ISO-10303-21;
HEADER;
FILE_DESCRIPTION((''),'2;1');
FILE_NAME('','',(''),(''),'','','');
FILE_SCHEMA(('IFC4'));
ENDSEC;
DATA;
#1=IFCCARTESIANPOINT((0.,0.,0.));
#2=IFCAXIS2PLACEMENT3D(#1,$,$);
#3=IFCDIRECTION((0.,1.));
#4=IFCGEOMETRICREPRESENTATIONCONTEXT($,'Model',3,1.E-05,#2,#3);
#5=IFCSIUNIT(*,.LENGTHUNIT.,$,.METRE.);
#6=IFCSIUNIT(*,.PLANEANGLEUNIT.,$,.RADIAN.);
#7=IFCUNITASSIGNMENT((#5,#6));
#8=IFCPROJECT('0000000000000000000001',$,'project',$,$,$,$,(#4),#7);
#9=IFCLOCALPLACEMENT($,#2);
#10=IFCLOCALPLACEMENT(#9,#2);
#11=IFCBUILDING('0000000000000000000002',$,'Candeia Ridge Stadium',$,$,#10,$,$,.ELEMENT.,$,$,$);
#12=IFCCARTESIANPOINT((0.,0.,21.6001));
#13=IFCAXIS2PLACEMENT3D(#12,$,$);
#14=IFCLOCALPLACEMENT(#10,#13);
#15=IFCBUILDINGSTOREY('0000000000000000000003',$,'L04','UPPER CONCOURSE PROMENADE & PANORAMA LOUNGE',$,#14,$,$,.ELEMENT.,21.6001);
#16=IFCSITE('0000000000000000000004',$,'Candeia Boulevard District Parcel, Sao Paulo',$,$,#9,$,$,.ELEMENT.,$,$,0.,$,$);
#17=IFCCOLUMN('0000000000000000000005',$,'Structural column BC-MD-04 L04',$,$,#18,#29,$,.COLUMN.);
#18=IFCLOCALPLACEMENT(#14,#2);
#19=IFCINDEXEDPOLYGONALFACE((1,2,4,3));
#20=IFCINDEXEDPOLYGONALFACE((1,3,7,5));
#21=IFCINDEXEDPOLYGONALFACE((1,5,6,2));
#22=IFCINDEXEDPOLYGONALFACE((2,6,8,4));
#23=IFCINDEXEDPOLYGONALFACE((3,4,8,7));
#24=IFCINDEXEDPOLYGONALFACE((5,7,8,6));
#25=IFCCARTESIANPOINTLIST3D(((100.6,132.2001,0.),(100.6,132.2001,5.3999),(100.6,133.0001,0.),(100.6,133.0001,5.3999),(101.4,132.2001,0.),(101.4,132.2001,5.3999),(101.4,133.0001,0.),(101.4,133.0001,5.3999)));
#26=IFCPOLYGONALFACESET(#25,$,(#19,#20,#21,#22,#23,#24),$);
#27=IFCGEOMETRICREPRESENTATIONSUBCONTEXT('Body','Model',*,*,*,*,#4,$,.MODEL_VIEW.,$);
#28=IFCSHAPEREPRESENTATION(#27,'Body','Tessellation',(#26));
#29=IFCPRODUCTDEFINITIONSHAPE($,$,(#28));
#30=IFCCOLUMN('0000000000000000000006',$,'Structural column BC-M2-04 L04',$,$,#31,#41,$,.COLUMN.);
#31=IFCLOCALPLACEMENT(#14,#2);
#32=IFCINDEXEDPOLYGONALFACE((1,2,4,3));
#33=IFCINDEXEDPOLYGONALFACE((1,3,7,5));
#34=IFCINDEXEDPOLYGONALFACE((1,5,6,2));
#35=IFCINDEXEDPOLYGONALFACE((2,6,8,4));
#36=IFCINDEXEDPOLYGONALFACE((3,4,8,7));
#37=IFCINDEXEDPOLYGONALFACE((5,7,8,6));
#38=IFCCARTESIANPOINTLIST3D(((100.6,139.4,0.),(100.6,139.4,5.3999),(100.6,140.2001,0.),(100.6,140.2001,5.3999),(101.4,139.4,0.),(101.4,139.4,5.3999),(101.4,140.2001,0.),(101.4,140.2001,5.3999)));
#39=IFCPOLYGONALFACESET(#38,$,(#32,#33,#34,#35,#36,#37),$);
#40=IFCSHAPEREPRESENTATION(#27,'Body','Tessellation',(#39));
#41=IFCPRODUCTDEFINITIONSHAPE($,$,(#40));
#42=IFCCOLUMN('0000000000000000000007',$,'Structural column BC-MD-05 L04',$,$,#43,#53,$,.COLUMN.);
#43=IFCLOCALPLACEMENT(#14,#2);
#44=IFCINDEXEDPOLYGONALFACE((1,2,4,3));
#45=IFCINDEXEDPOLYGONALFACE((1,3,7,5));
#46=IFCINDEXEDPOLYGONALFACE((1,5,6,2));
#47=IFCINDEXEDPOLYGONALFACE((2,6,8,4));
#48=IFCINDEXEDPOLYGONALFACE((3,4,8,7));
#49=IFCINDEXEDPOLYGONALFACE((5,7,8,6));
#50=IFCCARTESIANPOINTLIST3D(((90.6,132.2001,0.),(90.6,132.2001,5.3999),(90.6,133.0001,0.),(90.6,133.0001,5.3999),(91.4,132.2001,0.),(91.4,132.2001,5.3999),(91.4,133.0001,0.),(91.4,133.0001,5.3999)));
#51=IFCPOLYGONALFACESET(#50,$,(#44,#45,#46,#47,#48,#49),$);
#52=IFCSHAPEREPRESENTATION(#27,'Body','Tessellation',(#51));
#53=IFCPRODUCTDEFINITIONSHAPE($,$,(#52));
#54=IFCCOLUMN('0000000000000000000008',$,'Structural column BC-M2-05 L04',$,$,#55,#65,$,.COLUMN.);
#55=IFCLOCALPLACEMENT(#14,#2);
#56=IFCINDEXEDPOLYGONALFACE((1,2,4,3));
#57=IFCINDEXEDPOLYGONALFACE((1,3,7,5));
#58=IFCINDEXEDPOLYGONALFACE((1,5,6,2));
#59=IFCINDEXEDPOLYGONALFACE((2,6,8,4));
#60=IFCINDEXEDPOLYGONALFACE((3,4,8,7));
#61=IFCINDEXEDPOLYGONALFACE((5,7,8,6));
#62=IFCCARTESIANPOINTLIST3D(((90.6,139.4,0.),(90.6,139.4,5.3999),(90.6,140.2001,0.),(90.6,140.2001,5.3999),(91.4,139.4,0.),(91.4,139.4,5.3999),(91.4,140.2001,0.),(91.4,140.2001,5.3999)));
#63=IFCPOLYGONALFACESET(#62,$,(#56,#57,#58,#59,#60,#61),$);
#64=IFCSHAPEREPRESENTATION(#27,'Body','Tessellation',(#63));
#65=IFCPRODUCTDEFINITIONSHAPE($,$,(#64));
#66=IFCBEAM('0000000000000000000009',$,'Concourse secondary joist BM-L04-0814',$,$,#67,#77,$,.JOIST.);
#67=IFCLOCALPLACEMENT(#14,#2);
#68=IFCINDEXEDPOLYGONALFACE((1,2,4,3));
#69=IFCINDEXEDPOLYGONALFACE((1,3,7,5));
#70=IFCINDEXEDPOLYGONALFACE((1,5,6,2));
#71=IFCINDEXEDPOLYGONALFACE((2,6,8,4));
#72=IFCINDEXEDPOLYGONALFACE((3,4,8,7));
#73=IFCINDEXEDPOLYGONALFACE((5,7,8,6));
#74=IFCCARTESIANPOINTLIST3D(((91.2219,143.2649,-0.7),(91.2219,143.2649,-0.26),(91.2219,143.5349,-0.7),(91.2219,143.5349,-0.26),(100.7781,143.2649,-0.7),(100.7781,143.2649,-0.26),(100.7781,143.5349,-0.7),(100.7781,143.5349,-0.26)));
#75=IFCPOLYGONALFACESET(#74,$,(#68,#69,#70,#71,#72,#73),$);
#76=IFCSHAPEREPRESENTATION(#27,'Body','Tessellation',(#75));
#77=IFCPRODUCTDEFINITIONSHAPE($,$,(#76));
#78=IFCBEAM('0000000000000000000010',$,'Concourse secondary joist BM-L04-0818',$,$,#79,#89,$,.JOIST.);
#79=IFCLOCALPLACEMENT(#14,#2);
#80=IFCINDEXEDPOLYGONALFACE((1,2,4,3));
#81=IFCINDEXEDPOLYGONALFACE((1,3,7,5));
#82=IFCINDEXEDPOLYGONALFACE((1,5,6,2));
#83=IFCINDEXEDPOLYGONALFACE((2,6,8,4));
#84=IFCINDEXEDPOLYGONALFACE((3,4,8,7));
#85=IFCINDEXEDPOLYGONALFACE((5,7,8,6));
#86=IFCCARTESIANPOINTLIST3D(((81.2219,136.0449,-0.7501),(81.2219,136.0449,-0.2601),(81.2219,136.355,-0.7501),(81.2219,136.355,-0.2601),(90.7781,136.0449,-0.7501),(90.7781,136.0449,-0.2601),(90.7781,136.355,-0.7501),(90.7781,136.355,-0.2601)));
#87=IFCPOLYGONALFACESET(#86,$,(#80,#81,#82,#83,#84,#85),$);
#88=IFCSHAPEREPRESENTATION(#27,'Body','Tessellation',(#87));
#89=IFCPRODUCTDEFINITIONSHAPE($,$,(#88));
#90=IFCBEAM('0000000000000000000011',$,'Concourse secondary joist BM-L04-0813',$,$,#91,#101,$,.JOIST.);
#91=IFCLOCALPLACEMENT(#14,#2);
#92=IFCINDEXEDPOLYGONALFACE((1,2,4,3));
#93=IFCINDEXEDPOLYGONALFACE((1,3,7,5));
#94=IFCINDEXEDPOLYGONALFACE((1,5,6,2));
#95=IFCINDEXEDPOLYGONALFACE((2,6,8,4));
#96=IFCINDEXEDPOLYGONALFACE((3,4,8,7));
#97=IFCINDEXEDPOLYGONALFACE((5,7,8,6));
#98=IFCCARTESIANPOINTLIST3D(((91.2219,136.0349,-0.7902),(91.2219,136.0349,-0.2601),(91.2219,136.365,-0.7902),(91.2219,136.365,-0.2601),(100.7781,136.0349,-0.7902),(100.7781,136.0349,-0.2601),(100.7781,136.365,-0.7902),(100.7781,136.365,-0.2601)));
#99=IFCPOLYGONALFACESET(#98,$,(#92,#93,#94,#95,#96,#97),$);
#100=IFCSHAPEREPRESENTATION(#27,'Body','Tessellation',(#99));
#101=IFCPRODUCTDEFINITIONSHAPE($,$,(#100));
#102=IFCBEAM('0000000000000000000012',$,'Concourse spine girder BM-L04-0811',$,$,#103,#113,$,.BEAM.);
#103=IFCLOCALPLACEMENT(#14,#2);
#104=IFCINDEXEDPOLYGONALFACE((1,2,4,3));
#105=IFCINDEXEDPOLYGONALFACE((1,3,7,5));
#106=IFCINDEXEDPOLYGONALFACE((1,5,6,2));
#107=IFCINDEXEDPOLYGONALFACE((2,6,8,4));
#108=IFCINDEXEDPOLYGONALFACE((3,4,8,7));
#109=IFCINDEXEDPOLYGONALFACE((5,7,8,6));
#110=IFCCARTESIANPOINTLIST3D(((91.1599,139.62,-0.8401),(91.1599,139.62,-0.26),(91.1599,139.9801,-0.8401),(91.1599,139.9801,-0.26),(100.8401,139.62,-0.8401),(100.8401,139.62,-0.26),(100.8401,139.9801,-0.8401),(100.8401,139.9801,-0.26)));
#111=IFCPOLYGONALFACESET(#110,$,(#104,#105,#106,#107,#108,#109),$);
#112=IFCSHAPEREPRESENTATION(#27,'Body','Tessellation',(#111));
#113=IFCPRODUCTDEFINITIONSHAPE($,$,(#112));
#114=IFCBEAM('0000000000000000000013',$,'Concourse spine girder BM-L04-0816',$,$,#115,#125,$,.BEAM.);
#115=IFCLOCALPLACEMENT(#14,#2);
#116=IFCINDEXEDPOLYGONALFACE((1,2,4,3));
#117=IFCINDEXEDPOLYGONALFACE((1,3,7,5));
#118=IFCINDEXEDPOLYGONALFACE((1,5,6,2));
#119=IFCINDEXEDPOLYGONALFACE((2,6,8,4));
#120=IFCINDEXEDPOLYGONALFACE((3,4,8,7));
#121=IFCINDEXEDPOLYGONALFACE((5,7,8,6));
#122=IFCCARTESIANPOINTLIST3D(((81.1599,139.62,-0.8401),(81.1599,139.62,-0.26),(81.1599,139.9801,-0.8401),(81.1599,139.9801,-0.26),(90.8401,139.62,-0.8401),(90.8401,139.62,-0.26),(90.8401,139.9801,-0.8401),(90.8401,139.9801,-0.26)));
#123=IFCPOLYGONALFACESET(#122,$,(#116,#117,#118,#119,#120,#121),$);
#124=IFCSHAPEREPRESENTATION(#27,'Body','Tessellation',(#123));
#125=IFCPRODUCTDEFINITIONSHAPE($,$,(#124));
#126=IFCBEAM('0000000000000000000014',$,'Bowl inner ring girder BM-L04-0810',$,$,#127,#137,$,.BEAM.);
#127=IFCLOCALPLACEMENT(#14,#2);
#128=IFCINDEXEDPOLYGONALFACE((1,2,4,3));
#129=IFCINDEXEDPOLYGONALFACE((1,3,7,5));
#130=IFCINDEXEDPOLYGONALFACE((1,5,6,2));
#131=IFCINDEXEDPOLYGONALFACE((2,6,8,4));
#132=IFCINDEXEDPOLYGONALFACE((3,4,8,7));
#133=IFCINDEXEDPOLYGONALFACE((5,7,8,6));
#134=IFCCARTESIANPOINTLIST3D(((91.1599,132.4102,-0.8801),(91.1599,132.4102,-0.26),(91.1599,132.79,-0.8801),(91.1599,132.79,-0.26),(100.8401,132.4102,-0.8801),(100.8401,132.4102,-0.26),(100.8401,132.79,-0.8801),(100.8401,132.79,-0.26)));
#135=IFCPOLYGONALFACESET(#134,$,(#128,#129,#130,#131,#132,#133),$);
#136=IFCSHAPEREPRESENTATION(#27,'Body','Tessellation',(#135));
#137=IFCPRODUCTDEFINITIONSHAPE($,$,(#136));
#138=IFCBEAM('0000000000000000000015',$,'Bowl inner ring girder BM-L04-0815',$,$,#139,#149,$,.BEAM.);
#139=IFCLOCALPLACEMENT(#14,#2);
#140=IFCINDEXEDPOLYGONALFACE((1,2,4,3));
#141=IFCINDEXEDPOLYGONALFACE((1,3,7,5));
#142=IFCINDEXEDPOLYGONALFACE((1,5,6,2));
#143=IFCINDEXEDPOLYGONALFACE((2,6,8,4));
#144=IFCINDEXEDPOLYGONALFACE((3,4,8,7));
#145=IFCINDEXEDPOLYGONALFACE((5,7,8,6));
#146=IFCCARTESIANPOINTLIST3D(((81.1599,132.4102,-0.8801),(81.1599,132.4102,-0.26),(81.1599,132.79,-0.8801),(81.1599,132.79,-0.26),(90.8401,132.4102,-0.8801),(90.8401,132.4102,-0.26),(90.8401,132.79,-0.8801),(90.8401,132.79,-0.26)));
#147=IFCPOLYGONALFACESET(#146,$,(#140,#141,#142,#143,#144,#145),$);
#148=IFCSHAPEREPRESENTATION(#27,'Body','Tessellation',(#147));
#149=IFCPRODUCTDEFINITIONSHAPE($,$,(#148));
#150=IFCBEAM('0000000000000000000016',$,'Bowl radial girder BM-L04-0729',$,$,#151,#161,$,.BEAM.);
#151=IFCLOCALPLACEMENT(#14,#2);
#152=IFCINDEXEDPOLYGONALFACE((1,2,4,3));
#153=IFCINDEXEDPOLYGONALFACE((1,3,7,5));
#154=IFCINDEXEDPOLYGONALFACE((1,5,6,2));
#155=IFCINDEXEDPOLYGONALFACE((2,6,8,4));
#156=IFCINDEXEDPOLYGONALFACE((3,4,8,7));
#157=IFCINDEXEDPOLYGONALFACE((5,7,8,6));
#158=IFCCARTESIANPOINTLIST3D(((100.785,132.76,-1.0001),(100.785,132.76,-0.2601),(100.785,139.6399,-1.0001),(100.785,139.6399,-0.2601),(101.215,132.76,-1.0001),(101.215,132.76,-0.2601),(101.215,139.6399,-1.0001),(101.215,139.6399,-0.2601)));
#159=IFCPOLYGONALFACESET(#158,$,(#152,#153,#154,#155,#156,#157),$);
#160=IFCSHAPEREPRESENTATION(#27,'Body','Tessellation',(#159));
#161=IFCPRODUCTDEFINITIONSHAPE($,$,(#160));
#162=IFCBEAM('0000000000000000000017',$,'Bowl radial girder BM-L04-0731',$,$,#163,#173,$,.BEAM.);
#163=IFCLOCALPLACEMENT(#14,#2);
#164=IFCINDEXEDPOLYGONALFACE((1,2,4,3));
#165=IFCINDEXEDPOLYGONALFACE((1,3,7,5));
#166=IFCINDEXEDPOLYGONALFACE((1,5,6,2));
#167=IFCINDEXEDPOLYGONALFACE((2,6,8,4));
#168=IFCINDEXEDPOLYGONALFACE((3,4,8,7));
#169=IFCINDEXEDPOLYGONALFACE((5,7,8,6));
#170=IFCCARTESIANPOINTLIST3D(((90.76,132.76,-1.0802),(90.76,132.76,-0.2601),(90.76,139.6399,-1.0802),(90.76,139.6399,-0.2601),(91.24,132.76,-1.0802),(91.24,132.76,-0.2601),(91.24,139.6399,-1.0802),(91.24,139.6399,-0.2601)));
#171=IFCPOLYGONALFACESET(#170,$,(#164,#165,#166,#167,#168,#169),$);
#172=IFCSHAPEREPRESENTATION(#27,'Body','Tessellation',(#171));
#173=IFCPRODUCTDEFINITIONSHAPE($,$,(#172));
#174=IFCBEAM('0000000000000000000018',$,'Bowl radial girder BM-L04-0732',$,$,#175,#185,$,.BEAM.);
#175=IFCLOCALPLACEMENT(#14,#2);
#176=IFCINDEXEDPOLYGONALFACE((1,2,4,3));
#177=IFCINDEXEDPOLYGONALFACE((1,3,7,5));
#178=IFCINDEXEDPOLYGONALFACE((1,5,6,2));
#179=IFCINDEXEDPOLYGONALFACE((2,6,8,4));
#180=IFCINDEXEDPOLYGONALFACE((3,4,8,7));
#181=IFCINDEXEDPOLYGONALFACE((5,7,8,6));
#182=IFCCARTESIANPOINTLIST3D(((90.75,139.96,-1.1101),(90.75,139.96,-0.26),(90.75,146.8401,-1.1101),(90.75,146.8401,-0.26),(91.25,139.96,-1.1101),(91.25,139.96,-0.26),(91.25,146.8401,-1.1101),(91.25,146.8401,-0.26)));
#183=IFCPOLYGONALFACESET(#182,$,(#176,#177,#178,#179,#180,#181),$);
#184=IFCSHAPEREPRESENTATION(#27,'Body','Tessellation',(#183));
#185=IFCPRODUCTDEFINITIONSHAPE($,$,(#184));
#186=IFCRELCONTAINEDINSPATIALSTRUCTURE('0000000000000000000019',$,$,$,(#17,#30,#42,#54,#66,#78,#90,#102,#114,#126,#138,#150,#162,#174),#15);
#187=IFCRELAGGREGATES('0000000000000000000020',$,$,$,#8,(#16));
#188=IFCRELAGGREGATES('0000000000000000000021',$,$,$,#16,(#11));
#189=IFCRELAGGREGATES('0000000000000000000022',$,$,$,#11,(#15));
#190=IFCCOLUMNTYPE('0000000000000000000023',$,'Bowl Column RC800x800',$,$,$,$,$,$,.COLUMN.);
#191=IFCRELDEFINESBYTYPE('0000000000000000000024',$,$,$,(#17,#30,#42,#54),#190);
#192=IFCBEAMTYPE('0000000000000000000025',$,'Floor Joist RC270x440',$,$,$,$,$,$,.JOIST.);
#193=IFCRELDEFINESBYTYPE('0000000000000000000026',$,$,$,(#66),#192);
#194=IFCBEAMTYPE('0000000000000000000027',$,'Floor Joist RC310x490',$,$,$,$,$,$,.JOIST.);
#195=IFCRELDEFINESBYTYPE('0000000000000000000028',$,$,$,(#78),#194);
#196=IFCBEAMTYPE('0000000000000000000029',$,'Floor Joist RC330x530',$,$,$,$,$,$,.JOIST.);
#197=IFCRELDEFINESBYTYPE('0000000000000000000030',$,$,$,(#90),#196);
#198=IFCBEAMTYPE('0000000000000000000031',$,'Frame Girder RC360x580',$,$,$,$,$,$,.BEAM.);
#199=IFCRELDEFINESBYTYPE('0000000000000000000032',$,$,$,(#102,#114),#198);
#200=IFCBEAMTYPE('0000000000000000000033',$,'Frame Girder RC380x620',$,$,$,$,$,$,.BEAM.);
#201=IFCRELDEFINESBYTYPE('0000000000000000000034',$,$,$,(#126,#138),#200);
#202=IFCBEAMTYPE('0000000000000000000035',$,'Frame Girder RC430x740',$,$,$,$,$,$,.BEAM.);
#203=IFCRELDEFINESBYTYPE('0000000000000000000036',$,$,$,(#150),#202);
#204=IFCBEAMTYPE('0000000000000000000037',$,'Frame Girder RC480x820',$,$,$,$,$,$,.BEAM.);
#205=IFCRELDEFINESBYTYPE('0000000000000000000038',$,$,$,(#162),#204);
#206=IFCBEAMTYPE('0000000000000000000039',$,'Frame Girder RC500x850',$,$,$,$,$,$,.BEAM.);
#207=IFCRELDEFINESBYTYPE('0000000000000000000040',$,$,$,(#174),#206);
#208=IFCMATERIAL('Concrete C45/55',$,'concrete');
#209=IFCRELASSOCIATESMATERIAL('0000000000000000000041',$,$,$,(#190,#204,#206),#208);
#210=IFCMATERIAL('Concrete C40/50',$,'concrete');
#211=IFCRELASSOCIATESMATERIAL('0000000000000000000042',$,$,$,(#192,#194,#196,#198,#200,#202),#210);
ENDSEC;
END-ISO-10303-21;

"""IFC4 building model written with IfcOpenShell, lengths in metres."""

from ifc_helpers import new_model, si_unit, direction, frame, origin, origin_2d, place, context, subcontext, project, spatial, rectangle, extrude, material, material_profile, profile_set, type_object, element, save


model = new_model("IFC4")

# Units and contexts
model_context = context("Model", 3, precision=1e-05, world=origin(), true_north=direction((0.0, 1.0)))
body_context = subcontext(model_context, "Body", "Model", "MODEL_VIEW")
ifc_project = project(units=[si_unit("LENGTHUNIT", "METRE"), si_unit("PLANEANGLEUNIT", "RADIAN")], contexts=[model_context])

# Site, building, storey
site_placement = place(None, origin())
site = spatial("IfcSite", under=ifc_project, at=site_placement, Name="Candeia Boulevard District Parcel, Sao Paulo", CompositionType="ELEMENT", RefElevation=0.0)
building_placement = place(site_placement, origin())
building = spatial("IfcBuilding", under=site, at=building_placement, Name="Candeia Ridge Stadium", CompositionType="ELEMENT")
storey_placement = place(building_placement, frame((0.0, 0.0, 21.6001)))
storey = spatial("IfcBuildingStorey", under=building, at=storey_placement, Name="L04", Description="UPPER CONCOURSE PROMENADE & PANORAMA LOUNGE", CompositionType="ELEMENT", Elevation=21.6001)

# Columns
ifc_material_1 = material(Name="Concrete C45/55", Category="concrete")
ifc_material_profile_1 = material_profile(ifc_material_1, rectangle(XDim=0.8, YDim=0.8, at=origin_2d()), Name="RC800x800", Category="concrete")
ifc_profile_set_1 = profile_set([ifc_material_profile_1], Name="Concrete C45/55")
column_type = type_object("IfcColumnType", Name="Bowl Column RC800x800", PredefinedType="COLUMN", material=ifc_profile_set_1)
for number, where, z_axis, x_axis, name in (
    (1, (101.0, 132.6001, 0.0), (0.0, 0.0, 1.0), (1.0, 0.0, 0.0), "Structural column BC-MD-04 L04"),
    (2, (101.0, 139.8, 0.0), (0.0, 0.0, 1.0), (1.0, 0.0, 0.0), "Structural column BC-M2-04 L04"),
    (3, (91.0, 132.6001, 0.0), (0.0, 0.0, 1.0), (1.0, 0.0, 0.0), "Structural column BC-MD-05 L04"),
    (4, (91.0, 139.8, 0.0), (0.0, 0.0, 1.0), (1.0, 0.0, 0.0), "Structural column BC-M2-05 L04"),
):
    element("IfcColumn", number, at=place(storey_placement, frame(where, z_axis=z_axis, x_axis=x_axis)), inside=storey, type_object=column_type, Name=name, PredefinedType="COLUMN", context=body_context, shape_type="SweptSolid", body=[
        extrude(rectangle(XDim=0.8, YDim=0.8, at=origin_2d()), origin(), (0.0, 0.0, 1.0), 5.3999),
    ])

# Beams
ifc_material_2 = material(Name="Concrete C40/50", Category="concrete")
ifc_material_profile_2 = material_profile(ifc_material_2, rectangle(XDim=0.27, YDim=0.4399, at=origin_2d()), Name="RC270x440", Category="concrete")
ifc_profile_set_2 = profile_set([ifc_material_profile_2], Name="Concrete C40/50")
beam_type_1 = type_object("IfcBeamType", Name="Floor Joist RC270x440", PredefinedType="JOIST", material=ifc_profile_set_2)
beam_1_placement = place(storey_placement, frame((100.7781, 143.3999, -0.48), z_axis=(-1.0, 0.0, 0.0), x_axis=(0.0, -1.0, 0.0)))
element("IfcBeam", 5, at=beam_1_placement, inside=storey, type_object=beam_type_1, Name="Concourse secondary joist BM-L04-0814", PredefinedType="JOIST", context=body_context, shape_type="SweptSolid", body=[
    extrude(rectangle(XDim=0.27, YDim=0.4399, at=origin_2d()), origin(), (0.0, 0.0, 1.0), 9.5562),
])
ifc_material_profile_3 = material_profile(ifc_material_2, rectangle(XDim=0.3101, YDim=0.49, at=origin_2d()), Name="RC310x490", Category="concrete")
ifc_profile_set_3 = profile_set([ifc_material_profile_3], Name="Concrete C40/50")
beam_type_2 = type_object("IfcBeamType", Name="Floor Joist RC310x490", PredefinedType="JOIST", material=ifc_profile_set_3)
beam_2_placement = place(storey_placement, frame((90.7781, 136.2, -0.5051), z_axis=(-1.0, 0.0, 0.0), x_axis=(0.0, -1.0, 0.0)))
element("IfcBeam", 6, at=beam_2_placement, inside=storey, type_object=beam_type_2, Name="Concourse secondary joist BM-L04-0818", PredefinedType="JOIST", context=body_context, shape_type="SweptSolid", body=[
    extrude(rectangle(XDim=0.3101, YDim=0.49, at=origin_2d()), origin(), (0.0, 0.0, 1.0), 9.5562),
])
ifc_material_profile_4 = material_profile(ifc_material_2, rectangle(XDim=0.3301, YDim=0.53, at=origin_2d()), Name="RC330x530", Category="concrete")
ifc_profile_set_4 = profile_set([ifc_material_profile_4], Name="Concrete C40/50")
beam_type_3 = type_object("IfcBeamType", Name="Floor Joist RC330x530", PredefinedType="JOIST", material=ifc_profile_set_4)
beam_3_placement = place(storey_placement, frame((100.7781, 136.2, -0.5251), z_axis=(-1.0, 0.0, 0.0), x_axis=(0.0, -1.0, 0.0)))
element("IfcBeam", 7, at=beam_3_placement, inside=storey, type_object=beam_type_3, Name="Concourse secondary joist BM-L04-0813", PredefinedType="JOIST", context=body_context, shape_type="SweptSolid", body=[
    extrude(rectangle(XDim=0.3301, YDim=0.53, at=origin_2d()), origin(), (0.0, 0.0, 1.0), 9.5562),
])
ifc_material_profile_5 = material_profile(ifc_material_2, rectangle(XDim=0.3601, YDim=0.5801, at=origin_2d()), Name="RC360x580", Category="concrete")
ifc_profile_set_5 = profile_set([ifc_material_profile_5], Name="Concrete C40/50")
beam_type_4 = type_object("IfcBeamType", Name="Frame Girder RC360x580", PredefinedType="BEAM", material=ifc_profile_set_5)
for number, where, z_axis, x_axis, name in (
    (8, (100.8401, 139.8, -0.55), (-1.0, 0.0, 0.0), (0.0, -1.0, 0.0), "Concourse spine girder BM-L04-0811"),
    (9, (90.8401, 139.8, -0.55), (-1.0, 0.0, 0.0), (0.0, -1.0, 0.0), "Concourse spine girder BM-L04-0816"),
):
    element("IfcBeam", number, at=place(storey_placement, frame(where, z_axis=z_axis, x_axis=x_axis)), inside=storey, type_object=beam_type_4, Name=name, PredefinedType="BEAM", context=body_context, shape_type="SweptSolid", body=[
        extrude(rectangle(XDim=0.3601, YDim=0.5801, at=origin_2d()), origin(), (0.0, 0.0, 1.0), 9.6802),
    ])
ifc_material_profile_6 = material_profile(ifc_material_2, rectangle(XDim=0.3799, YDim=0.6201, at=origin_2d()), Name="RC380x620", Category="concrete")
ifc_profile_set_6 = profile_set([ifc_material_profile_6], Name="Concrete C40/50")
beam_type_5 = type_object("IfcBeamType", Name="Frame Girder RC380x620", PredefinedType="BEAM", material=ifc_profile_set_6)
for number, where, z_axis, x_axis, name in (
    (10, (100.8401, 132.6001, -0.5701), (-1.0, 0.0, 0.0), (0.0, -1.0, 0.0), "Bowl inner ring girder BM-L04-0810"),
    (11, (90.8401, 132.6001, -0.5701), (-1.0, 0.0, 0.0), (0.0, -1.0, 0.0), "Bowl inner ring girder BM-L04-0815"),
):
    element("IfcBeam", number, at=place(storey_placement, frame(where, z_axis=z_axis, x_axis=x_axis)), inside=storey, type_object=beam_type_5, Name=name, PredefinedType="BEAM", context=body_context, shape_type="SweptSolid", body=[
        extrude(rectangle(XDim=0.3799, YDim=0.6201, at=origin_2d()), origin(), (0.0, 0.0, 1.0), 9.6802),
    ])
ifc_material_profile_7 = material_profile(ifc_material_2, rectangle(XDim=0.4299, YDim=0.74, at=origin_2d()), Name="RC430x740", Category="concrete")
ifc_profile_set_7 = profile_set([ifc_material_profile_7], Name="Concrete C40/50")
beam_type_6 = type_object("IfcBeamType", Name="Frame Girder RC430x740", PredefinedType="BEAM", material=ifc_profile_set_7)
beam_4_placement = place(storey_placement, frame((101.0, 132.76, -0.6301), z_axis=(0.0, 1.0, 0.0), x_axis=(-1.0, 0.0, 0.0)))
element("IfcBeam", 12, at=beam_4_placement, inside=storey, type_object=beam_type_6, Name="Bowl radial girder BM-L04-0729", PredefinedType="BEAM", context=body_context, shape_type="SweptSolid", body=[
    extrude(rectangle(XDim=0.4299, YDim=0.74, at=origin_2d()), origin(), (0.0, 0.0, 1.0), 6.8799),
])
ifc_material_profile_8 = material_profile(ifc_material_1, rectangle(XDim=0.48, YDim=0.8201, at=origin_2d()), Name="RC480x820", Category="concrete")
ifc_profile_set_8 = profile_set([ifc_material_profile_8], Name="Concrete C45/55")
beam_type_7 = type_object("IfcBeamType", Name="Frame Girder RC480x820", PredefinedType="BEAM", material=ifc_profile_set_8)
beam_5_placement = place(storey_placement, frame((91.0, 132.76, -0.6702), z_axis=(0.0, 1.0, 0.0), x_axis=(-1.0, 0.0, 0.0)))
element("IfcBeam", 13, at=beam_5_placement, inside=storey, type_object=beam_type_7, Name="Bowl radial girder BM-L04-0731", PredefinedType="BEAM", context=body_context, shape_type="SweptSolid", body=[
    extrude(rectangle(XDim=0.48, YDim=0.8201, at=origin_2d()), origin(), (0.0, 0.0, 1.0), 6.8799),
])
ifc_material_profile_9 = material_profile(ifc_material_1, rectangle(XDim=0.5, YDim=0.8501, at=origin_2d()), Name="RC500x850", Category="concrete")
ifc_profile_set_9 = profile_set([ifc_material_profile_9], Name="Concrete C45/55")
beam_type_8 = type_object("IfcBeamType", Name="Frame Girder RC500x850", PredefinedType="BEAM", material=ifc_profile_set_9)
beam_6_placement = place(storey_placement, frame((91.0, 139.96, -0.6851), z_axis=(0.0, 1.0, 0.0), x_axis=(-1.0, 0.0, 0.0)))
element("IfcBeam", 14, at=beam_6_placement, inside=storey, type_object=beam_type_8, Name="Bowl radial girder BM-L04-0732", PredefinedType="BEAM", context=body_context, shape_type="SweptSolid", body=[
    extrude(rectangle(XDim=0.5, YDim=0.8501, at=origin_2d()), origin(), (0.0, 0.0, 1.0), 6.8801),
])

save(model, "model.ifc")
